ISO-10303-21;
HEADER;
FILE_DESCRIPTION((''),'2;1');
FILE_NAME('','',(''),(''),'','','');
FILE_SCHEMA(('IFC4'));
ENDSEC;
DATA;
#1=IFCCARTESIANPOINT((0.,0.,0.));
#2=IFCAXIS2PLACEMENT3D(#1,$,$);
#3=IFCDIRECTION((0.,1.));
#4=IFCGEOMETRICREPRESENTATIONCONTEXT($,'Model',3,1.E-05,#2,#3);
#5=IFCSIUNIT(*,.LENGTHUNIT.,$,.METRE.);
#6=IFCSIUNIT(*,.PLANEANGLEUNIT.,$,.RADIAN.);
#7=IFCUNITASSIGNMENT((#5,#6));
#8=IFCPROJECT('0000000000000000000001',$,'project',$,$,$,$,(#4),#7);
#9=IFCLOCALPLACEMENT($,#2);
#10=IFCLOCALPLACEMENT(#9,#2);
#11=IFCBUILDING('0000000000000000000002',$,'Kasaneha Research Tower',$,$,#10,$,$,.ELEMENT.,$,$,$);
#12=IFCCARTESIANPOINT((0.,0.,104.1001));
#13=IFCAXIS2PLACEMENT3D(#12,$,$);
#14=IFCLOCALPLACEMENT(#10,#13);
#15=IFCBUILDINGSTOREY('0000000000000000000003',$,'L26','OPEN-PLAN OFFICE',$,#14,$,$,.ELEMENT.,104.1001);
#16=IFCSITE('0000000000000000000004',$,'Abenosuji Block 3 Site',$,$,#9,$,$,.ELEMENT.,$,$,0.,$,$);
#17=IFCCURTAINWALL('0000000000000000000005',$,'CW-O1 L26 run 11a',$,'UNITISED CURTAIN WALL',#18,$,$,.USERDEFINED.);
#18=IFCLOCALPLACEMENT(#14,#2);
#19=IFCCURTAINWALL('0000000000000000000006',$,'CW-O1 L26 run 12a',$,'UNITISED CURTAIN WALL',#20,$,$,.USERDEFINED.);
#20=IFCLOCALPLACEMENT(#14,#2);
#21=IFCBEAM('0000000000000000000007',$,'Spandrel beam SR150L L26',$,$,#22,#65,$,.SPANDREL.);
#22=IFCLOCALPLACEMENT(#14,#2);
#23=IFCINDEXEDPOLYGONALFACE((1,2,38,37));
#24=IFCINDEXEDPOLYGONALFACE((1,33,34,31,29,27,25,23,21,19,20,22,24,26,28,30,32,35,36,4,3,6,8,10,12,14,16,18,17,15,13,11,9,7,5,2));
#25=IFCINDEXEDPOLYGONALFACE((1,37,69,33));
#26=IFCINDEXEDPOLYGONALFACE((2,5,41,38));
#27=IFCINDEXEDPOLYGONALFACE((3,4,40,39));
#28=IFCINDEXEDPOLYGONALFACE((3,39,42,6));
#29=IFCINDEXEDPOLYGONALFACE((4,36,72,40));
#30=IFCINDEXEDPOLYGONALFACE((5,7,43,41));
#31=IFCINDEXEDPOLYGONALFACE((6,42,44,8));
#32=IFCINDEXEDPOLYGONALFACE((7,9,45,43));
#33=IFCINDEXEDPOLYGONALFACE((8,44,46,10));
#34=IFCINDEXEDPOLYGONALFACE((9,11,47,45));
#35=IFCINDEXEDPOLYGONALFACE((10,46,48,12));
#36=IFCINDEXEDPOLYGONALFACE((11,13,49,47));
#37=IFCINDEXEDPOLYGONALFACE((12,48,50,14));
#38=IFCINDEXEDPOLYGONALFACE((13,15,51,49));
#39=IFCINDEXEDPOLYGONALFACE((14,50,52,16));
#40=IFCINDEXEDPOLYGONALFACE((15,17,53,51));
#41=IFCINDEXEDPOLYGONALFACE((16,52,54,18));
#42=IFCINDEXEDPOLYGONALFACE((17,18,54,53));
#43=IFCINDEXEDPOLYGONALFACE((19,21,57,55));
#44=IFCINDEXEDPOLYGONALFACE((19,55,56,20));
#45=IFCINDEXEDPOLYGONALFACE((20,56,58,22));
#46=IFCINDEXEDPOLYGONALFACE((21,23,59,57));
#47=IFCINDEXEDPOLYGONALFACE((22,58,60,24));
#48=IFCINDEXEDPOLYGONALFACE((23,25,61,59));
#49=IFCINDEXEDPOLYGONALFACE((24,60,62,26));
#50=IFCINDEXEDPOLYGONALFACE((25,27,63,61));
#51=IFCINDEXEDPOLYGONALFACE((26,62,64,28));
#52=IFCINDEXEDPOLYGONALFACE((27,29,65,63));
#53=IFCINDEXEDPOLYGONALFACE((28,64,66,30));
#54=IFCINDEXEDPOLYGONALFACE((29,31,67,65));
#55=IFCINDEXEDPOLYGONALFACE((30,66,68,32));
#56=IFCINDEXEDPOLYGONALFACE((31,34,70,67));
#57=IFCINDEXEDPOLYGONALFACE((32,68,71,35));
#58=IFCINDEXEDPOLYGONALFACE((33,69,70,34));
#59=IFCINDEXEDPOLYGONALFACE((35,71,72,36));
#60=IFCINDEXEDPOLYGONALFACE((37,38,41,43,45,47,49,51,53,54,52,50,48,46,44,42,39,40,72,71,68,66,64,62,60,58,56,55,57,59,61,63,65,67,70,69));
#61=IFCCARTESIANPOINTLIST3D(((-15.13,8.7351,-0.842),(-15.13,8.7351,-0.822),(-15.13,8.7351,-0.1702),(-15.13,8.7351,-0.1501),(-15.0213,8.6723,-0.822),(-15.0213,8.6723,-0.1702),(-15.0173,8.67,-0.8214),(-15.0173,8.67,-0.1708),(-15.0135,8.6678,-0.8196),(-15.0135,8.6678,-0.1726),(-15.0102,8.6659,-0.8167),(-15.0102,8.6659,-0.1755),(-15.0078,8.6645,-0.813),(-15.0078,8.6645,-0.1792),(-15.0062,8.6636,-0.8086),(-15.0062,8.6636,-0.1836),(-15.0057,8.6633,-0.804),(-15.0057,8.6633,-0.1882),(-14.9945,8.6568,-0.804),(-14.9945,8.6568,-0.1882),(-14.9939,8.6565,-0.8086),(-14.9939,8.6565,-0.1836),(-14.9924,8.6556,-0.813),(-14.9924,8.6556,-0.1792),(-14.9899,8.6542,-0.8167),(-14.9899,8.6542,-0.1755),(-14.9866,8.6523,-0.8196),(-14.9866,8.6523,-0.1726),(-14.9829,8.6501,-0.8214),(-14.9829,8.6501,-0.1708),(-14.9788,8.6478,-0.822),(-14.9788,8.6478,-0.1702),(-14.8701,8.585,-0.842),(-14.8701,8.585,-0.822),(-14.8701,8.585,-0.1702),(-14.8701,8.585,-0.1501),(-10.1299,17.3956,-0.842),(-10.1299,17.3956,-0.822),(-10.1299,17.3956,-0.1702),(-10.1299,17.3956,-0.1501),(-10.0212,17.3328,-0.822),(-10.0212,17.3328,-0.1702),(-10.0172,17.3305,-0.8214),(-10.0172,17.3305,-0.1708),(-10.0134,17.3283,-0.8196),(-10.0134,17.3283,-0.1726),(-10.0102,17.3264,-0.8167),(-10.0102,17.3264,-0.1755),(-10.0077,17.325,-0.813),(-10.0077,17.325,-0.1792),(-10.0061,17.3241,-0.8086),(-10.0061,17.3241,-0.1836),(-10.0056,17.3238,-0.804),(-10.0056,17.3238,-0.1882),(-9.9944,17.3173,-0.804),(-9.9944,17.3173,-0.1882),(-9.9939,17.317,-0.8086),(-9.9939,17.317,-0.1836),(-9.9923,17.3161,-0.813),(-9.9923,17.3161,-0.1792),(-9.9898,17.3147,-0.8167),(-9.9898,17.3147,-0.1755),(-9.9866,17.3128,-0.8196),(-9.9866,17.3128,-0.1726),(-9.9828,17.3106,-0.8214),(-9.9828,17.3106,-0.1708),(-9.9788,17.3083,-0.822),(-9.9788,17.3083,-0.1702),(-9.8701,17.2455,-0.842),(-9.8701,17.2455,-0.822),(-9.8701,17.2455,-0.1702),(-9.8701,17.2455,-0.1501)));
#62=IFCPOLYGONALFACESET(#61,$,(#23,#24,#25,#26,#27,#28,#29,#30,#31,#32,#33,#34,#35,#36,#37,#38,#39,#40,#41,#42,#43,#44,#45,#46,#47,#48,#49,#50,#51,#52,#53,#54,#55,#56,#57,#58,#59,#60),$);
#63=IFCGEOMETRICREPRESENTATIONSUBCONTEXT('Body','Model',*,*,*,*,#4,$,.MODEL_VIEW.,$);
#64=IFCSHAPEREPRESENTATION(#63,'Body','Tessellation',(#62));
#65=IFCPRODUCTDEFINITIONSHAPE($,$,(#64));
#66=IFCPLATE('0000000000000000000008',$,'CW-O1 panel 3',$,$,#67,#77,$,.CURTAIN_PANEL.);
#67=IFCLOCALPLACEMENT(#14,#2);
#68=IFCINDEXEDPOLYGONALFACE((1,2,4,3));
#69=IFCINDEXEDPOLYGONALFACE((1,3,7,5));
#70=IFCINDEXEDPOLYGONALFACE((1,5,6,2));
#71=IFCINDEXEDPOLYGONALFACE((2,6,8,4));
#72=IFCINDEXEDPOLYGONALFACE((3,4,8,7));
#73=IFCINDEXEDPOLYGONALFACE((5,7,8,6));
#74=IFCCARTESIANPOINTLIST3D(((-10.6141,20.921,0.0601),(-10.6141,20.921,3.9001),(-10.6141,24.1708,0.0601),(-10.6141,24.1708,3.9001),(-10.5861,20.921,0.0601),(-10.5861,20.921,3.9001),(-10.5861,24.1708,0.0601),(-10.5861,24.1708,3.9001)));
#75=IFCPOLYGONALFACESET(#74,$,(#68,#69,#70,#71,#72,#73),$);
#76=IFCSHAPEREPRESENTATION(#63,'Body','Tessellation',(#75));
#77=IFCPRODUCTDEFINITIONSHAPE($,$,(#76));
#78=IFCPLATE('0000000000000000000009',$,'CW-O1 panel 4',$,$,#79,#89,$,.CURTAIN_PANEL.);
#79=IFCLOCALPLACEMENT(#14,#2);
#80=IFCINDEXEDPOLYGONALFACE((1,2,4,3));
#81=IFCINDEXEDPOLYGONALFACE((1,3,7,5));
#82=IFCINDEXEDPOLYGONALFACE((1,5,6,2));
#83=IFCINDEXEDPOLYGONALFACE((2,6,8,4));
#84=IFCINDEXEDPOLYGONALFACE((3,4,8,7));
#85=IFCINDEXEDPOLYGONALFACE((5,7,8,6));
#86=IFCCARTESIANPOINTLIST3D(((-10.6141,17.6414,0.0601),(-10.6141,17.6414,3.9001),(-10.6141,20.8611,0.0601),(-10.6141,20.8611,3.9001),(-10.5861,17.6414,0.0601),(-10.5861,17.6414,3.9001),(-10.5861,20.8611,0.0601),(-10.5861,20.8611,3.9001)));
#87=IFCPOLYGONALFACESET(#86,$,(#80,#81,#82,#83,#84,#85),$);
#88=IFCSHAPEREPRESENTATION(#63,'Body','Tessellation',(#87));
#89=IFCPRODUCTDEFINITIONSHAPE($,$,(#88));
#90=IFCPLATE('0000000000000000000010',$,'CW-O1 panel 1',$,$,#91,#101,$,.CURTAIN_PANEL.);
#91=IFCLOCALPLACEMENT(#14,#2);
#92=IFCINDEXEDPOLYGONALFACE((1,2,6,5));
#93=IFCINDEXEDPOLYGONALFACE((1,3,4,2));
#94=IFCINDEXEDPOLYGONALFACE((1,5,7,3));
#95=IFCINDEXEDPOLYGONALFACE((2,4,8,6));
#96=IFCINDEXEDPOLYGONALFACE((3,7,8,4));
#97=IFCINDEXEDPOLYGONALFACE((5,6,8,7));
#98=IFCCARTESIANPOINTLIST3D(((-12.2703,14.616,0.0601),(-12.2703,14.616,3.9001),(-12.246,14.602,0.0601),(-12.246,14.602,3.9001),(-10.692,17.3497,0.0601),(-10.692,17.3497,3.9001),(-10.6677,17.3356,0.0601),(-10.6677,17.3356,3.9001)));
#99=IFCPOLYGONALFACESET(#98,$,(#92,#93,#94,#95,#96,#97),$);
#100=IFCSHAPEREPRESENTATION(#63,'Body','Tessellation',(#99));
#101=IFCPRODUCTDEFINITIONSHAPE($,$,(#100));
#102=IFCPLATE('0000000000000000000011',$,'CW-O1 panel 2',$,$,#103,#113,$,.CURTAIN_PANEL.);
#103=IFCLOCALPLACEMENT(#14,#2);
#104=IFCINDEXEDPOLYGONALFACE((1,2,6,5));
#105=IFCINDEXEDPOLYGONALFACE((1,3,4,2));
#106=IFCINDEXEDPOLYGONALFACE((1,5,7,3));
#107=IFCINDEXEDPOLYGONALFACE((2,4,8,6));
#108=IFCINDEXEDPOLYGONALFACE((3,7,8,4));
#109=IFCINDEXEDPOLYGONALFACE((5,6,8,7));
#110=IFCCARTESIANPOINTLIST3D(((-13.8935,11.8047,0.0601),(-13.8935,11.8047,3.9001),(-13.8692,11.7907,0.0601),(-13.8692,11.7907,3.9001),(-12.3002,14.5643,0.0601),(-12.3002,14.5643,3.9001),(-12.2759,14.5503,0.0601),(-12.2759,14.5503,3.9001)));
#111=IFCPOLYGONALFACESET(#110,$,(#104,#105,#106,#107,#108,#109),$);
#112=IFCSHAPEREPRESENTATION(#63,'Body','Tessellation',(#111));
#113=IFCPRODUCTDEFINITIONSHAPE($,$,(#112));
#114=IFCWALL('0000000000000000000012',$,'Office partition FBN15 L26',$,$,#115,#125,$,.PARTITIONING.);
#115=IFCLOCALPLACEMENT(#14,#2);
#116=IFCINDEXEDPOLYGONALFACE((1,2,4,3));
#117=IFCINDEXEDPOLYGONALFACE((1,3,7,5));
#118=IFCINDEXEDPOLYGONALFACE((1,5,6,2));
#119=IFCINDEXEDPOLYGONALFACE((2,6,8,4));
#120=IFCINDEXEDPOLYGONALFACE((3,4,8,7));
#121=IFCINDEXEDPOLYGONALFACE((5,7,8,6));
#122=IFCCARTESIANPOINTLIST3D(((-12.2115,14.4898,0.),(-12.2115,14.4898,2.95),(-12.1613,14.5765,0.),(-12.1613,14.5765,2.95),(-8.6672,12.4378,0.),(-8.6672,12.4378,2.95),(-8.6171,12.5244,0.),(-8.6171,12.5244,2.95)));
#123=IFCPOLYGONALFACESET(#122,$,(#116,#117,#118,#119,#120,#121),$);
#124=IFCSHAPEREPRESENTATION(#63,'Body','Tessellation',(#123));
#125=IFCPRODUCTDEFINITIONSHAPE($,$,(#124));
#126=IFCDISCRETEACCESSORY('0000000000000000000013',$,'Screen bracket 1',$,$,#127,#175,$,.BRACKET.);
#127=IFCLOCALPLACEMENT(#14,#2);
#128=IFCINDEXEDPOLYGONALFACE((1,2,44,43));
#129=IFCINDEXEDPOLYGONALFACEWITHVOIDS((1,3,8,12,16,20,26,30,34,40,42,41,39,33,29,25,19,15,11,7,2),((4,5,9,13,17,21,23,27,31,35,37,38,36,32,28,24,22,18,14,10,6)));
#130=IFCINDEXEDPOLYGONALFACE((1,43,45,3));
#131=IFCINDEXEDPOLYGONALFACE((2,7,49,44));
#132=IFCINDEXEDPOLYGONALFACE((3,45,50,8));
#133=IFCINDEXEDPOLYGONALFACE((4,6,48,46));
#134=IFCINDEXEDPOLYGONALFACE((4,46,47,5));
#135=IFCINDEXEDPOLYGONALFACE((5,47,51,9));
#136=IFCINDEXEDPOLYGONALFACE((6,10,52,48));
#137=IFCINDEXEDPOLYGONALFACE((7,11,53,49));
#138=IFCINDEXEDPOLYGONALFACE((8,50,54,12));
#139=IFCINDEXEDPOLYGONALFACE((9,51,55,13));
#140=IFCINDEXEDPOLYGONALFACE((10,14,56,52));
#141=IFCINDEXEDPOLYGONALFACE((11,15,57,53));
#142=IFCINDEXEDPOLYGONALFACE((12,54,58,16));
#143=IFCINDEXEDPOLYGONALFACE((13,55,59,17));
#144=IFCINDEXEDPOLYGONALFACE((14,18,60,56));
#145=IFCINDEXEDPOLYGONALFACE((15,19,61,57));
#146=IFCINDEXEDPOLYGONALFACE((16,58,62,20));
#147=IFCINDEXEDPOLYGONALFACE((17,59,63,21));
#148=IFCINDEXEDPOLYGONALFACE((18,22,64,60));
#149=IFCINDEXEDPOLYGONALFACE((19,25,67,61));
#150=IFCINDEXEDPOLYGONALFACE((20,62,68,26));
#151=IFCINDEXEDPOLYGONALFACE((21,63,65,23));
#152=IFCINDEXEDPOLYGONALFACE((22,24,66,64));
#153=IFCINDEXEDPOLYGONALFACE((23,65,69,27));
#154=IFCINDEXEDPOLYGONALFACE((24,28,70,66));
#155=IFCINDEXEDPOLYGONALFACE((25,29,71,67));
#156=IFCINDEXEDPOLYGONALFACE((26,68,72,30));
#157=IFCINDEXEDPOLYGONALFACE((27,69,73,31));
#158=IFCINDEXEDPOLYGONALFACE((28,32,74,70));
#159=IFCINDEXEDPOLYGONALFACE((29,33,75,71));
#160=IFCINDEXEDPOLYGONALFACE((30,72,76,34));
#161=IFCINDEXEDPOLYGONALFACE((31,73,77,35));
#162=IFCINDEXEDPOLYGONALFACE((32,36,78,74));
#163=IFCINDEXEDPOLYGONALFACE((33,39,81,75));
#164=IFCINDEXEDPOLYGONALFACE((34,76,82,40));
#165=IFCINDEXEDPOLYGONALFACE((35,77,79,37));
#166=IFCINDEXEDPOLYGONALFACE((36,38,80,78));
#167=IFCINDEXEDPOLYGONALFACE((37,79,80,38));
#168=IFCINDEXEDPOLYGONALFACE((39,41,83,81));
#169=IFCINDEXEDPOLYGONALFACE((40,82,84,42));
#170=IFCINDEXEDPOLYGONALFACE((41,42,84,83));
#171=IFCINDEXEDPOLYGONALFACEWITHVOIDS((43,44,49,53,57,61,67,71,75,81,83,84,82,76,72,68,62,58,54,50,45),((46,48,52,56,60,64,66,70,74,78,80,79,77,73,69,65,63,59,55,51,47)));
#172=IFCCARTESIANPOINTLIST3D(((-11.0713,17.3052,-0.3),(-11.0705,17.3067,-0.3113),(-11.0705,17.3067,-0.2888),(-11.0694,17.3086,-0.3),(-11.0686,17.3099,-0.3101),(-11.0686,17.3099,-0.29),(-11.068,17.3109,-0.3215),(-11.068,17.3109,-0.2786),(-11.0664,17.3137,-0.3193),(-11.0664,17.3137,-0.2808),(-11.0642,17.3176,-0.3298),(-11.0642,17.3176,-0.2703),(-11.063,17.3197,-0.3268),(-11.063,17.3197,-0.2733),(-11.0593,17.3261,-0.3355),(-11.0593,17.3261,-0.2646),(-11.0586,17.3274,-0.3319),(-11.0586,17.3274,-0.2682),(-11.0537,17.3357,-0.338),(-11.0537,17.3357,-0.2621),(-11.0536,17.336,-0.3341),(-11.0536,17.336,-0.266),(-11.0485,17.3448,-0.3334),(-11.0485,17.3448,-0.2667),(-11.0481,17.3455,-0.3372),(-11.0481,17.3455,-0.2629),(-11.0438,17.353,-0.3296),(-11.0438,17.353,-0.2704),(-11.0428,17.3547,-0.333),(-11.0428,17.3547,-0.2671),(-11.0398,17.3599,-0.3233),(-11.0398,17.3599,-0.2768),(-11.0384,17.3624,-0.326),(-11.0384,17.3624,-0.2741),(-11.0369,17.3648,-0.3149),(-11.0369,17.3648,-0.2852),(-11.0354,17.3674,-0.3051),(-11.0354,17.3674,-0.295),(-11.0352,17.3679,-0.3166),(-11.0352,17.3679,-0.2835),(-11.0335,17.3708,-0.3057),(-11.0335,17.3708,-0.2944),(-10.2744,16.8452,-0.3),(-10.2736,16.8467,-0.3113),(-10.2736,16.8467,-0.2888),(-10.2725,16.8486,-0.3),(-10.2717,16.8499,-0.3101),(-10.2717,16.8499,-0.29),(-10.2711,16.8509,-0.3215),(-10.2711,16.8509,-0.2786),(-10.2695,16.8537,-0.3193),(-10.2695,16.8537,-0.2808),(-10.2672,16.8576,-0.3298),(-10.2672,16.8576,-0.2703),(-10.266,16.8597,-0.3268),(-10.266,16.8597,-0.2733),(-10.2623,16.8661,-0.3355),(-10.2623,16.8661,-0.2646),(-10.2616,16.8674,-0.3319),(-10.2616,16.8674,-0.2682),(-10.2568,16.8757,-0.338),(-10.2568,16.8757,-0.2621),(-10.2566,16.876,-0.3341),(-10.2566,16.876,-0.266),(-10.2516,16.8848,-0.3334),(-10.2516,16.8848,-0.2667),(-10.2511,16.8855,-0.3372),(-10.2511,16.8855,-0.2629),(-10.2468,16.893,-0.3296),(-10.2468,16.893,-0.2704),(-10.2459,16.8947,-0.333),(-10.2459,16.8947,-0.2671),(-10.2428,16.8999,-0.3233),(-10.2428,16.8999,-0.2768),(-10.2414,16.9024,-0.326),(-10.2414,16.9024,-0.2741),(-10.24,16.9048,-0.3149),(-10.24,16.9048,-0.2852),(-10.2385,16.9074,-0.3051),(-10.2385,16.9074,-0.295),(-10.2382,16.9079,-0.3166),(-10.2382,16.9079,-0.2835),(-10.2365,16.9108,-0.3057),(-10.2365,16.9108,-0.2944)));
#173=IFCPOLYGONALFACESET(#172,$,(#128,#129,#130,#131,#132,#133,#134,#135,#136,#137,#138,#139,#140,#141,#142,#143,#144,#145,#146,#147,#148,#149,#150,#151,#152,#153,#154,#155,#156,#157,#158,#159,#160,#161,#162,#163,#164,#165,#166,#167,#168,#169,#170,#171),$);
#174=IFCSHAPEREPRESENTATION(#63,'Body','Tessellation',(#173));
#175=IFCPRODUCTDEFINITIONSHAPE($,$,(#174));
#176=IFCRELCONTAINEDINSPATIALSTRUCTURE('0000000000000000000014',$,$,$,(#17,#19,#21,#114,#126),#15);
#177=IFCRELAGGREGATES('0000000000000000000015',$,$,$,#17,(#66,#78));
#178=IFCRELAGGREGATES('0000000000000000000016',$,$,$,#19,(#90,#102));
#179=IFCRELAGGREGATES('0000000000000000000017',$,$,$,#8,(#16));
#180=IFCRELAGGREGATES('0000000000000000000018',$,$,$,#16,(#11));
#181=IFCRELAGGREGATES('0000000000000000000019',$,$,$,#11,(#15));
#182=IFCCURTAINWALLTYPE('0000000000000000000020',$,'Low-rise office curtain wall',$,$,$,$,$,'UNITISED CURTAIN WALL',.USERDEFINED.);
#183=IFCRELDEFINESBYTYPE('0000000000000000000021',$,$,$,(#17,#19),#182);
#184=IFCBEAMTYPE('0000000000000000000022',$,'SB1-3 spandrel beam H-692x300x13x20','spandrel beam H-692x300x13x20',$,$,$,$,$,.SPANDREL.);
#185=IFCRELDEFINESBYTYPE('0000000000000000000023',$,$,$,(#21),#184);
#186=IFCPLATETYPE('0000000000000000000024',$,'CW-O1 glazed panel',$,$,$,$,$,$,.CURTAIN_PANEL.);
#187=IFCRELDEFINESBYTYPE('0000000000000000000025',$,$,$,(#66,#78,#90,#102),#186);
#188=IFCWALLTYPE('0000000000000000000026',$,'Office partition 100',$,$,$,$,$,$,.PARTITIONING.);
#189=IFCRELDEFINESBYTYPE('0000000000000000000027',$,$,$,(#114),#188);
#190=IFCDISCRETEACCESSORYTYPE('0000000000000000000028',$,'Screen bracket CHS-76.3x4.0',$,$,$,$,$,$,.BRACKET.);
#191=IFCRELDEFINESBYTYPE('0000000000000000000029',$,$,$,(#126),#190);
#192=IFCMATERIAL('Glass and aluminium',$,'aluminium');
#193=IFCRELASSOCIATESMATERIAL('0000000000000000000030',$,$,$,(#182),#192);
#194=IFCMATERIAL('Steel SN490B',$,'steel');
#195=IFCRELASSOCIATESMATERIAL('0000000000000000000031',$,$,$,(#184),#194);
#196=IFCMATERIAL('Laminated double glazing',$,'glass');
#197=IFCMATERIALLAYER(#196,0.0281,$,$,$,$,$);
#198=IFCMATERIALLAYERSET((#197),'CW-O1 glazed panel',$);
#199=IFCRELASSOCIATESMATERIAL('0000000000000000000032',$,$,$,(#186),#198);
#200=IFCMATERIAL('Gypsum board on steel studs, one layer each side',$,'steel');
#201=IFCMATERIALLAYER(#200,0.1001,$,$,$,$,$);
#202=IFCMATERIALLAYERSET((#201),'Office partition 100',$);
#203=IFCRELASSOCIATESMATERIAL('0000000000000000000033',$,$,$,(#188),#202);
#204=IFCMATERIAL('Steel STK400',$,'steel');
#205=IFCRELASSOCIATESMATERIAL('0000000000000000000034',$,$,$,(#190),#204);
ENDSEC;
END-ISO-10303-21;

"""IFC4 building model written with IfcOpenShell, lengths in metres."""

from ifc_helpers import new_model, si_unit, direction, frame, frame_2d, origin, origin_2d, place, context, subcontext, project, spatial, rectangle, hollow_circle, i_section, extrude, material, layer, layer_set, material_profile, profile_set, type_object, element, aggregate, save


model = new_model("IFC4")

# Units and contexts
model_context = context("Model", 3, precision=1e-05, world=origin(), true_north=direction((0.0, 1.0)))
body_context = subcontext(model_context, "Body", "Model", "MODEL_VIEW")
ifc_project = project(units=[si_unit("LENGTHUNIT", "METRE"), si_unit("PLANEANGLEUNIT", "RADIAN")], contexts=[model_context])

# Site, building, storey
site_placement = place(None, origin())
site = spatial("IfcSite", under=ifc_project, at=site_placement, Name="Abenosuji Block 3 Site", CompositionType="ELEMENT", RefElevation=0.0)
building_placement = place(site_placement, origin())
building = spatial("IfcBuilding", under=site, at=building_placement, Name="Kasaneha Research Tower", CompositionType="ELEMENT")
storey_placement = place(building_placement, frame((0.0, 0.0, 104.1001)))
storey = spatial("IfcBuildingStorey", under=building, at=storey_placement, Name="L26", Description="OPEN-PLAN OFFICE", CompositionType="ELEMENT", Elevation=104.1001)

# Curtain walls
ifc_material_1 = material(Name="Glass and aluminium", Category="aluminium")
curtain_wall_type = type_object("IfcCurtainWallType", Name="Low-rise office curtain wall", ElementType="UNITISED CURTAIN WALL", PredefinedType="USERDEFINED", material=ifc_material_1)
curtain_wall_1_placement = place(storey_placement, origin())
curtain_wall_1 = element("IfcCurtainWall", 1, at=curtain_wall_1_placement, inside=storey, type_object=curtain_wall_type, Name="CW-O1 L26 run 11a", ObjectType="UNITISED CURTAIN WALL", PredefinedType="USERDEFINED")
curtain_wall_2_placement = place(storey_placement, origin())
curtain_wall_2 = element("IfcCurtainWall", 2, at=curtain_wall_2_placement, inside=storey, type_object=curtain_wall_type, Name="CW-O1 L26 run 12a", ObjectType="UNITISED CURTAIN WALL", PredefinedType="USERDEFINED")

# Beam
ifc_material_2 = material(Name="Steel SN490B", Category="steel")
ifc_material_profile_1 = material_profile(ifc_material_2, i_section(OverallWidth=0.3, OverallDepth=0.6919, WebThickness=0.0129, FlangeThickness=0.02, FilletRadius=0.0181, at=origin_2d()), Name="H-692x300x13x20")
ifc_profile_set_1 = profile_set([ifc_material_profile_1], Name="Steel SN490B")
beam_type_1 = type_object("IfcBeamType", Name="SB1-3 spandrel beam H-692x300x13x20", Description="spandrel beam H-692x300x13x20", PredefinedType="SPANDREL", material=ifc_profile_set_1)
beam_1_placement = place(storey_placement, frame((-10.0, 17.3206, -0.4961), z_axis=(-0.499994, -0.866029, 0.0), x_axis=(0.866029, -0.499994, 0.0)))
element("IfcBeam", 3, at=beam_1_placement, inside=storey, type_object=beam_type_1, Name="Spandrel beam SR150L L26", PredefinedType="SPANDREL", context=body_context, shape_type="SweptSolid", body=[
    extrude(i_section(OverallWidth=0.3, OverallDepth=0.6919, WebThickness=0.0129, FlangeThickness=0.02, FilletRadius=0.0181, at=origin_2d()), origin(), (0.0, 0.0, 1.0), 10.0002),
])

# Plates
ifc_material_3 = material(Name="Laminated double glazing", Category="glass")
ifc_layer_1 = layer(ifc_material_3, 0.0281)
ifc_layer_set_1 = layer_set([ifc_layer_1], Name="CW-O1 glazed panel")
plate_type = type_object("IfcPlateType", Name="CW-O1 glazed panel", PredefinedType="CURTAIN_PANEL", material=ifc_layer_set_1)
plate_1_placement = place(storey_placement, frame((-10.6001, 22.5459, 0.0601), z_axis=(0.0, 0.0, 1.0), x_axis=(0.0, -1.0, 0.0)))
plate_1 = element("IfcPlate", 4, at=plate_1_placement, type_object=plate_type, Name="CW-O1 panel 3", PredefinedType="CURTAIN_PANEL", context=body_context, shape_type="SweptSolid", body=[
    extrude(rectangle(XDim=3.2498, YDim=0.0281, at=origin_2d()), origin(), (0.0, 0.0, 1.0), 3.8401),
])
plate_2_placement = place(storey_placement, frame((-10.6001, 19.2512, 0.0601), z_axis=(0.0, 0.0, 1.0), x_axis=(0.0, -1.0, 0.0)))
plate_2 = element("IfcPlate", 5, at=plate_2_placement, type_object=plate_type, Name="CW-O1 panel 4", PredefinedType="CURTAIN_PANEL", context=body_context, shape_type="SweptSolid", body=[
    extrude(rectangle(XDim=3.2197, YDim=0.0281, at=origin_2d()), origin(), (0.0, 0.0, 1.0), 3.8401),
])
aggregate(curtain_wall_1, [plate_1, plate_2])
plate_3_placement = place(storey_placement, frame((-11.469, 15.9758, 0.0601), z_axis=(0.0, 0.0, 1.0), x_axis=(-0.5, -0.866025, 0.0)))
plate_3 = element("IfcPlate", 6, at=plate_3_placement, type_object=plate_type, Name="CW-O1 panel 1", PredefinedType="CURTAIN_PANEL", context=body_context, shape_type="SweptSolid", body=[
    extrude(rectangle(XDim=3.1565, YDim=0.0281, at=origin_2d()), origin(), (0.0, 0.0, 1.0), 3.8401),
])
plate_4_placement = place(storey_placement, frame((-13.0847, 13.1775, 0.0601), z_axis=(0.0, 0.0, 1.0), x_axis=(-0.5, -0.866025, 0.0)))
plate_4 = element("IfcPlate", 7, at=plate_4_placement, type_object=plate_type, Name="CW-O1 panel 2", PredefinedType="CURTAIN_PANEL", context=body_context, shape_type="SweptSolid", body=[
    extrude(rectangle(XDim=3.1865, YDim=0.0281, at=origin_2d()), origin(), (0.0, 0.0, 1.0), 3.8401),
])
aggregate(curtain_wall_2, [plate_3, plate_4])

# Wall
ifc_material_4 = material(Name="Gypsum board on steel studs, one layer each side", Category="steel")
ifc_layer_2 = layer(ifc_material_4, 0.1001)
ifc_layer_set_2 = layer_set([ifc_layer_2], Name="Office partition 100")
wall_type = type_object("IfcWallType", Name="Office partition 100", PredefinedType="PARTITIONING", material=ifc_layer_set_2)
wall_placement = place(storey_placement, frame((-12.1865, 14.5332, 0.0), z_axis=(0.0, 0.0, 1.0), x_axis=(0.865415, -0.501055, 0.0)))
element("IfcWall", 8, at=wall_placement, inside=storey, type_object=wall_type, Name="Office partition FBN15 L26", PredefinedType="PARTITIONING", context=body_context, shape_type="SweptSolid", body=[
    extrude(rectangle(XDim=4.0955, YDim=0.1001, at=frame_2d((2.0479, 0.0))), origin(), (0.0, 0.0, 1.0), 2.95),
])

# Discrete accessory
ifc_material_5 = material(Name="Steel STK400", Category="steel")
ifc_material_profile_2 = material_profile(ifc_material_5, hollow_circle(Radius=0.0381, WallThickness=0.0039, at=origin_2d()), Name="CHS-76.3x4.0")
ifc_profile_set_2 = profile_set([ifc_material_profile_2], Name="Steel STK400")
discrete_accessory_type = type_object("IfcDiscreteAccessoryType", Name="Screen bracket CHS-76.3x4.0", PredefinedType="BRACKET", material=ifc_profile_set_2)
discrete_accessory_1_placement = place(storey_placement, frame((-10.2554, 16.8782, -0.3), z_axis=(-0.86608, 0.499906, 0.0), x_axis=(-0.499906, -0.86608, 0.0)))
element("IfcDiscreteAccessory", 9, at=discrete_accessory_1_placement, inside=storey, type_object=discrete_accessory_type, Name="Screen bracket 1", PredefinedType="BRACKET", context=body_context, shape_type="SweptSolid", body=[
    extrude(hollow_circle(Radius=0.0381, WallThickness=0.0039, at=origin_2d()), origin(), (0.0, 0.0, 1.0), 0.9202),
])

save(model, "model.ifc")
